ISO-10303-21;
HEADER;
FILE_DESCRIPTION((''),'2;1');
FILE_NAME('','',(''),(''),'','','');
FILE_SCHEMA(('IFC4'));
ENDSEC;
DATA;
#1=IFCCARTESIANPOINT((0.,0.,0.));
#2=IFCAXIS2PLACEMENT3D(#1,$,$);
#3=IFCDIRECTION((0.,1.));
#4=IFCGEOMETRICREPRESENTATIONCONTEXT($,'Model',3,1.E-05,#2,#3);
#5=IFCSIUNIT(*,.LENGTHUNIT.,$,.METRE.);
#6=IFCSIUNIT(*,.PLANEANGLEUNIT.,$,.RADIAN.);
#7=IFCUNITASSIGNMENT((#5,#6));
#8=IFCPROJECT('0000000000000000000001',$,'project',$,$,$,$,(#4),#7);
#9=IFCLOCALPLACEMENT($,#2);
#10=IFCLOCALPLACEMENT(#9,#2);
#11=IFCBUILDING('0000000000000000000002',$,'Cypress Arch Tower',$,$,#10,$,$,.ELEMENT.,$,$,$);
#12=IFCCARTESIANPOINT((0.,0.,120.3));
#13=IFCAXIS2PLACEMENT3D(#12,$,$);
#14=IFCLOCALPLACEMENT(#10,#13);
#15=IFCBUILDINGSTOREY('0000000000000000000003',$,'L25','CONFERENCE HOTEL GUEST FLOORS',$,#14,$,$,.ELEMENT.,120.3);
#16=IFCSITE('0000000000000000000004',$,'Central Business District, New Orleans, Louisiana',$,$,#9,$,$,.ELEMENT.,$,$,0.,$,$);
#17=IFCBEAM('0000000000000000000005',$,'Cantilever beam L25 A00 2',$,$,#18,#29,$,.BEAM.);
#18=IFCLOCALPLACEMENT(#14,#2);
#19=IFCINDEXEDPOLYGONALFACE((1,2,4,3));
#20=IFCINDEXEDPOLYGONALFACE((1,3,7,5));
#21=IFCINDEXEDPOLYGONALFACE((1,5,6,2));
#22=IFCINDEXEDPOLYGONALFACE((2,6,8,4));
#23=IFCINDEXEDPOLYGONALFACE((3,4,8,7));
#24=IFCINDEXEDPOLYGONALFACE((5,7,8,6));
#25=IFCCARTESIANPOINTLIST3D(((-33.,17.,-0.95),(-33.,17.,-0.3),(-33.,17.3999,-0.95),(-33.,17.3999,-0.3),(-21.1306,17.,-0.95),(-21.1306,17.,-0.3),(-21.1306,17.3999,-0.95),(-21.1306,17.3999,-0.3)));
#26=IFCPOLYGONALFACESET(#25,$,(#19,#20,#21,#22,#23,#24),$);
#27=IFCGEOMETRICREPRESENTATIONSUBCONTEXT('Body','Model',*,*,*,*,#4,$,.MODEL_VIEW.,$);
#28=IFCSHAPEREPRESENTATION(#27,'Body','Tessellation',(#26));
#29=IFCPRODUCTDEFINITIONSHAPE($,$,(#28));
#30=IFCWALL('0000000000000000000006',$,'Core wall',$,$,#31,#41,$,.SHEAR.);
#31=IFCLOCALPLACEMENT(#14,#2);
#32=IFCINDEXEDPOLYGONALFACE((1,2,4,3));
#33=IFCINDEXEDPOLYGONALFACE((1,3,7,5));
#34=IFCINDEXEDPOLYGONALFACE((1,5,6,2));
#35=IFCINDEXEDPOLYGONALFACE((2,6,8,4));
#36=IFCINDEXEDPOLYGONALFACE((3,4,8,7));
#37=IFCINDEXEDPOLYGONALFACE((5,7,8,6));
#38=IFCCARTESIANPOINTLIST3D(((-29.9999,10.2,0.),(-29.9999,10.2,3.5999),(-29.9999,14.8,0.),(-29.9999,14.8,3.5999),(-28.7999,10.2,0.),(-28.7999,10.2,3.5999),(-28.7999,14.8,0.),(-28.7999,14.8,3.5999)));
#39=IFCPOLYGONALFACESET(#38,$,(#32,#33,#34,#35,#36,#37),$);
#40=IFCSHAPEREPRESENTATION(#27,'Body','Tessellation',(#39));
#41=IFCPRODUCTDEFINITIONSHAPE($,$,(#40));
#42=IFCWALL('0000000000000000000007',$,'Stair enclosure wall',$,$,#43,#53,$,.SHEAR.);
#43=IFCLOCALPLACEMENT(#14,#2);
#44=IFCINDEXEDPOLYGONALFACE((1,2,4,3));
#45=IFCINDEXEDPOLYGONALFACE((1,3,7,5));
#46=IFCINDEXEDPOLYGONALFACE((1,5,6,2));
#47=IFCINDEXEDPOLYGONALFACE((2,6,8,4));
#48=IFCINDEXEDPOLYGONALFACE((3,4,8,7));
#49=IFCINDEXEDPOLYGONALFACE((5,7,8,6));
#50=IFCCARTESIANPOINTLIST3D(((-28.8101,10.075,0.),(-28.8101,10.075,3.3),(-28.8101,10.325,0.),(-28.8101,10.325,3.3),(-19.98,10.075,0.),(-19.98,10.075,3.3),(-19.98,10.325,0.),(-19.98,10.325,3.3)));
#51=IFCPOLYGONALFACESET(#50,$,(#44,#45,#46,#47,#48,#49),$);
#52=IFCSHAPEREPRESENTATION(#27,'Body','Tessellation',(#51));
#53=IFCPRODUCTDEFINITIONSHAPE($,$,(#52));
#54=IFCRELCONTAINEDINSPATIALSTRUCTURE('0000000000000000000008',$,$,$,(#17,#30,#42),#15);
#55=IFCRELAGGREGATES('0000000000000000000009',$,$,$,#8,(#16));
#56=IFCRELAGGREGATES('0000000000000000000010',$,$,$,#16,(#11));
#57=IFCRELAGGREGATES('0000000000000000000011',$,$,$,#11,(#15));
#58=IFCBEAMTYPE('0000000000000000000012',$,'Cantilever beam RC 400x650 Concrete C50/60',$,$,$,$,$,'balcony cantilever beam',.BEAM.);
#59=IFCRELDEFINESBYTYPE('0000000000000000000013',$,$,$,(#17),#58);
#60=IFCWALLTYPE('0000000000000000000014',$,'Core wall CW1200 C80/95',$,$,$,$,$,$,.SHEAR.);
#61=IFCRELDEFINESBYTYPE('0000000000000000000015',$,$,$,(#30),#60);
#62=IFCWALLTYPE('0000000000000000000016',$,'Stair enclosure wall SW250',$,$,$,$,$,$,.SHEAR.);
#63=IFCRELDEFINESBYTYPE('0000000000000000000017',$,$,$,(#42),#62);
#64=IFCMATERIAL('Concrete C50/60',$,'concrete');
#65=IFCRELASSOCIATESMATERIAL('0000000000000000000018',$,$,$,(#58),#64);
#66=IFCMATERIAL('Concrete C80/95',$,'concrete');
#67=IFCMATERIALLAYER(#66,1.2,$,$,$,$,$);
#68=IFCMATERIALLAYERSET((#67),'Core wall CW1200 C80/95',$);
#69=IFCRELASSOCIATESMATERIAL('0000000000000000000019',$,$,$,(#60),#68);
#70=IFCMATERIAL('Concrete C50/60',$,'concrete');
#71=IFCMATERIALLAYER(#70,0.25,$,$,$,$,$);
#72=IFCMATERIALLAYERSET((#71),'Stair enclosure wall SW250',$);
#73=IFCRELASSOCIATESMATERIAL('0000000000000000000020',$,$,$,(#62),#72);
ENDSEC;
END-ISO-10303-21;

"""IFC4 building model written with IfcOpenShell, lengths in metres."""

from ifc_helpers import new_model, si_unit, direction, frame, frame_2d, origin, origin_2d, place, context, subcontext, project, spatial, rectangle, extrude, material, layer, layer_set, material_profile, profile_set, type_object, element, save


model = new_model("IFC4")

# Units and contexts
model_context = context("Model", 3, precision=1e-05, world=origin(), true_north=direction((0.0, 1.0)))
body_context = subcontext(model_context, "Body", "Model", "MODEL_VIEW")
ifc_project = project(units=[si_unit("LENGTHUNIT", "METRE"), si_unit("PLANEANGLEUNIT", "RADIAN")], contexts=[model_context])

# Site, building, storey
site_placement = place(None, origin())
site = spatial("IfcSite", under=ifc_project, at=site_placement, Name="Central Business District, New Orleans, Louisiana", CompositionType="ELEMENT", RefElevation=0.0)
building_placement = place(site_placement, origin())
building = spatial("IfcBuilding", under=site, at=building_placement, Name="Cypress Arch Tower", CompositionType="ELEMENT")
storey_placement = place(building_placement, frame((0.0, 0.0, 120.3)))
storey = spatial("IfcBuildingStorey", under=building, at=storey_placement, Name="L25", Description="CONFERENCE HOTEL GUEST FLOORS", CompositionType="ELEMENT", Elevation=120.3)

# Beam
ifc_material_1 = material(Name="Concrete C50/60", Category="concrete")
ifc_material_profile = material_profile(ifc_material_1, rectangle(XDim=0.3999, YDim=0.6499, at=origin_2d()), Name="RC 400x650")
ifc_profile_set = profile_set([ifc_material_profile], Name="Concrete C50/60")
beam_type = type_object("IfcBeamType", Name="Cantilever beam RC 400x650 Concrete C50/60", ElementType="balcony cantilever beam", PredefinedType="BEAM", material=ifc_profile_set)
beam_placement = place(storey_placement, frame((-21.1306, 17.2, -0.625), z_axis=(-1.0, 0.0, 0.0), x_axis=(0.0, -1.0, 0.0)))
element("IfcBeam", 1, at=beam_placement, inside=storey, type_object=beam_type, Name="Cantilever beam L25 A00 2", PredefinedType="BEAM", context=body_context, shape_type="SweptSolid", body=[
    extrude(rectangle(XDim=0.3999, YDim=0.6499, at=origin_2d()), origin(), (0.0, 0.0, 1.0), 11.8694),
])

# Shared definitions
ifc_material_2 = material(Name="Concrete C80/95", Category="concrete")
ifc_layer_1 = layer(ifc_material_2, 1.2)
ifc_layer_set_1 = layer_set([ifc_layer_1], Name="Core wall CW1200 C80/95")
wall_type_1 = type_object("IfcWallType", Name="Core wall CW1200 C80/95", PredefinedType="SHEAR", material=ifc_layer_set_1)

# Wall
wall_1_placement = place(storey_placement, frame((-29.3999, 10.2, 0.0), z_axis=(0.0, 0.0, 1.0), x_axis=(0.0, 1.0, 0.0)))
element("IfcWall", 2, at=wall_1_placement, inside=storey, type_object=wall_type_1, Name="Core wall", PredefinedType="SHEAR", context=body_context, shape_type="SweptSolid", body=[
    extrude(rectangle(XDim=4.6001, YDim=1.2, at=frame_2d((2.3, 0.0))), origin(), (0.0, 0.0, 1.0), 3.5999),
])

# Wall
ifc_material_3 = material(Name="Concrete C50/60", Category="concrete")
ifc_layer_2 = layer(ifc_material_3, 0.25)
ifc_layer_set_2 = layer_set([ifc_layer_2], Name="Stair enclosure wall SW250")
wall_type_2 = type_object("IfcWallType", Name="Stair enclosure wall SW250", PredefinedType="SHEAR", material=ifc_layer_set_2)
wall_2_placement = place(storey_placement, frame((-28.8101, 10.2, 0.0), z_axis=(0.0, 0.0, 1.0), x_axis=(1.0, 0.0, 0.0)))
element("IfcWall", 3, at=wall_2_placement, inside=storey, type_object=wall_type_2, Name="Stair enclosure wall", PredefinedType="SHEAR", context=body_context, shape_type="SweptSolid", body=[
    extrude(rectangle(XDim=8.8301, YDim=0.25, at=frame_2d((4.415, 0.0))), origin(), (0.0, 0.0, 1.0), 3.3),
])

save(model, "model.ifc")
